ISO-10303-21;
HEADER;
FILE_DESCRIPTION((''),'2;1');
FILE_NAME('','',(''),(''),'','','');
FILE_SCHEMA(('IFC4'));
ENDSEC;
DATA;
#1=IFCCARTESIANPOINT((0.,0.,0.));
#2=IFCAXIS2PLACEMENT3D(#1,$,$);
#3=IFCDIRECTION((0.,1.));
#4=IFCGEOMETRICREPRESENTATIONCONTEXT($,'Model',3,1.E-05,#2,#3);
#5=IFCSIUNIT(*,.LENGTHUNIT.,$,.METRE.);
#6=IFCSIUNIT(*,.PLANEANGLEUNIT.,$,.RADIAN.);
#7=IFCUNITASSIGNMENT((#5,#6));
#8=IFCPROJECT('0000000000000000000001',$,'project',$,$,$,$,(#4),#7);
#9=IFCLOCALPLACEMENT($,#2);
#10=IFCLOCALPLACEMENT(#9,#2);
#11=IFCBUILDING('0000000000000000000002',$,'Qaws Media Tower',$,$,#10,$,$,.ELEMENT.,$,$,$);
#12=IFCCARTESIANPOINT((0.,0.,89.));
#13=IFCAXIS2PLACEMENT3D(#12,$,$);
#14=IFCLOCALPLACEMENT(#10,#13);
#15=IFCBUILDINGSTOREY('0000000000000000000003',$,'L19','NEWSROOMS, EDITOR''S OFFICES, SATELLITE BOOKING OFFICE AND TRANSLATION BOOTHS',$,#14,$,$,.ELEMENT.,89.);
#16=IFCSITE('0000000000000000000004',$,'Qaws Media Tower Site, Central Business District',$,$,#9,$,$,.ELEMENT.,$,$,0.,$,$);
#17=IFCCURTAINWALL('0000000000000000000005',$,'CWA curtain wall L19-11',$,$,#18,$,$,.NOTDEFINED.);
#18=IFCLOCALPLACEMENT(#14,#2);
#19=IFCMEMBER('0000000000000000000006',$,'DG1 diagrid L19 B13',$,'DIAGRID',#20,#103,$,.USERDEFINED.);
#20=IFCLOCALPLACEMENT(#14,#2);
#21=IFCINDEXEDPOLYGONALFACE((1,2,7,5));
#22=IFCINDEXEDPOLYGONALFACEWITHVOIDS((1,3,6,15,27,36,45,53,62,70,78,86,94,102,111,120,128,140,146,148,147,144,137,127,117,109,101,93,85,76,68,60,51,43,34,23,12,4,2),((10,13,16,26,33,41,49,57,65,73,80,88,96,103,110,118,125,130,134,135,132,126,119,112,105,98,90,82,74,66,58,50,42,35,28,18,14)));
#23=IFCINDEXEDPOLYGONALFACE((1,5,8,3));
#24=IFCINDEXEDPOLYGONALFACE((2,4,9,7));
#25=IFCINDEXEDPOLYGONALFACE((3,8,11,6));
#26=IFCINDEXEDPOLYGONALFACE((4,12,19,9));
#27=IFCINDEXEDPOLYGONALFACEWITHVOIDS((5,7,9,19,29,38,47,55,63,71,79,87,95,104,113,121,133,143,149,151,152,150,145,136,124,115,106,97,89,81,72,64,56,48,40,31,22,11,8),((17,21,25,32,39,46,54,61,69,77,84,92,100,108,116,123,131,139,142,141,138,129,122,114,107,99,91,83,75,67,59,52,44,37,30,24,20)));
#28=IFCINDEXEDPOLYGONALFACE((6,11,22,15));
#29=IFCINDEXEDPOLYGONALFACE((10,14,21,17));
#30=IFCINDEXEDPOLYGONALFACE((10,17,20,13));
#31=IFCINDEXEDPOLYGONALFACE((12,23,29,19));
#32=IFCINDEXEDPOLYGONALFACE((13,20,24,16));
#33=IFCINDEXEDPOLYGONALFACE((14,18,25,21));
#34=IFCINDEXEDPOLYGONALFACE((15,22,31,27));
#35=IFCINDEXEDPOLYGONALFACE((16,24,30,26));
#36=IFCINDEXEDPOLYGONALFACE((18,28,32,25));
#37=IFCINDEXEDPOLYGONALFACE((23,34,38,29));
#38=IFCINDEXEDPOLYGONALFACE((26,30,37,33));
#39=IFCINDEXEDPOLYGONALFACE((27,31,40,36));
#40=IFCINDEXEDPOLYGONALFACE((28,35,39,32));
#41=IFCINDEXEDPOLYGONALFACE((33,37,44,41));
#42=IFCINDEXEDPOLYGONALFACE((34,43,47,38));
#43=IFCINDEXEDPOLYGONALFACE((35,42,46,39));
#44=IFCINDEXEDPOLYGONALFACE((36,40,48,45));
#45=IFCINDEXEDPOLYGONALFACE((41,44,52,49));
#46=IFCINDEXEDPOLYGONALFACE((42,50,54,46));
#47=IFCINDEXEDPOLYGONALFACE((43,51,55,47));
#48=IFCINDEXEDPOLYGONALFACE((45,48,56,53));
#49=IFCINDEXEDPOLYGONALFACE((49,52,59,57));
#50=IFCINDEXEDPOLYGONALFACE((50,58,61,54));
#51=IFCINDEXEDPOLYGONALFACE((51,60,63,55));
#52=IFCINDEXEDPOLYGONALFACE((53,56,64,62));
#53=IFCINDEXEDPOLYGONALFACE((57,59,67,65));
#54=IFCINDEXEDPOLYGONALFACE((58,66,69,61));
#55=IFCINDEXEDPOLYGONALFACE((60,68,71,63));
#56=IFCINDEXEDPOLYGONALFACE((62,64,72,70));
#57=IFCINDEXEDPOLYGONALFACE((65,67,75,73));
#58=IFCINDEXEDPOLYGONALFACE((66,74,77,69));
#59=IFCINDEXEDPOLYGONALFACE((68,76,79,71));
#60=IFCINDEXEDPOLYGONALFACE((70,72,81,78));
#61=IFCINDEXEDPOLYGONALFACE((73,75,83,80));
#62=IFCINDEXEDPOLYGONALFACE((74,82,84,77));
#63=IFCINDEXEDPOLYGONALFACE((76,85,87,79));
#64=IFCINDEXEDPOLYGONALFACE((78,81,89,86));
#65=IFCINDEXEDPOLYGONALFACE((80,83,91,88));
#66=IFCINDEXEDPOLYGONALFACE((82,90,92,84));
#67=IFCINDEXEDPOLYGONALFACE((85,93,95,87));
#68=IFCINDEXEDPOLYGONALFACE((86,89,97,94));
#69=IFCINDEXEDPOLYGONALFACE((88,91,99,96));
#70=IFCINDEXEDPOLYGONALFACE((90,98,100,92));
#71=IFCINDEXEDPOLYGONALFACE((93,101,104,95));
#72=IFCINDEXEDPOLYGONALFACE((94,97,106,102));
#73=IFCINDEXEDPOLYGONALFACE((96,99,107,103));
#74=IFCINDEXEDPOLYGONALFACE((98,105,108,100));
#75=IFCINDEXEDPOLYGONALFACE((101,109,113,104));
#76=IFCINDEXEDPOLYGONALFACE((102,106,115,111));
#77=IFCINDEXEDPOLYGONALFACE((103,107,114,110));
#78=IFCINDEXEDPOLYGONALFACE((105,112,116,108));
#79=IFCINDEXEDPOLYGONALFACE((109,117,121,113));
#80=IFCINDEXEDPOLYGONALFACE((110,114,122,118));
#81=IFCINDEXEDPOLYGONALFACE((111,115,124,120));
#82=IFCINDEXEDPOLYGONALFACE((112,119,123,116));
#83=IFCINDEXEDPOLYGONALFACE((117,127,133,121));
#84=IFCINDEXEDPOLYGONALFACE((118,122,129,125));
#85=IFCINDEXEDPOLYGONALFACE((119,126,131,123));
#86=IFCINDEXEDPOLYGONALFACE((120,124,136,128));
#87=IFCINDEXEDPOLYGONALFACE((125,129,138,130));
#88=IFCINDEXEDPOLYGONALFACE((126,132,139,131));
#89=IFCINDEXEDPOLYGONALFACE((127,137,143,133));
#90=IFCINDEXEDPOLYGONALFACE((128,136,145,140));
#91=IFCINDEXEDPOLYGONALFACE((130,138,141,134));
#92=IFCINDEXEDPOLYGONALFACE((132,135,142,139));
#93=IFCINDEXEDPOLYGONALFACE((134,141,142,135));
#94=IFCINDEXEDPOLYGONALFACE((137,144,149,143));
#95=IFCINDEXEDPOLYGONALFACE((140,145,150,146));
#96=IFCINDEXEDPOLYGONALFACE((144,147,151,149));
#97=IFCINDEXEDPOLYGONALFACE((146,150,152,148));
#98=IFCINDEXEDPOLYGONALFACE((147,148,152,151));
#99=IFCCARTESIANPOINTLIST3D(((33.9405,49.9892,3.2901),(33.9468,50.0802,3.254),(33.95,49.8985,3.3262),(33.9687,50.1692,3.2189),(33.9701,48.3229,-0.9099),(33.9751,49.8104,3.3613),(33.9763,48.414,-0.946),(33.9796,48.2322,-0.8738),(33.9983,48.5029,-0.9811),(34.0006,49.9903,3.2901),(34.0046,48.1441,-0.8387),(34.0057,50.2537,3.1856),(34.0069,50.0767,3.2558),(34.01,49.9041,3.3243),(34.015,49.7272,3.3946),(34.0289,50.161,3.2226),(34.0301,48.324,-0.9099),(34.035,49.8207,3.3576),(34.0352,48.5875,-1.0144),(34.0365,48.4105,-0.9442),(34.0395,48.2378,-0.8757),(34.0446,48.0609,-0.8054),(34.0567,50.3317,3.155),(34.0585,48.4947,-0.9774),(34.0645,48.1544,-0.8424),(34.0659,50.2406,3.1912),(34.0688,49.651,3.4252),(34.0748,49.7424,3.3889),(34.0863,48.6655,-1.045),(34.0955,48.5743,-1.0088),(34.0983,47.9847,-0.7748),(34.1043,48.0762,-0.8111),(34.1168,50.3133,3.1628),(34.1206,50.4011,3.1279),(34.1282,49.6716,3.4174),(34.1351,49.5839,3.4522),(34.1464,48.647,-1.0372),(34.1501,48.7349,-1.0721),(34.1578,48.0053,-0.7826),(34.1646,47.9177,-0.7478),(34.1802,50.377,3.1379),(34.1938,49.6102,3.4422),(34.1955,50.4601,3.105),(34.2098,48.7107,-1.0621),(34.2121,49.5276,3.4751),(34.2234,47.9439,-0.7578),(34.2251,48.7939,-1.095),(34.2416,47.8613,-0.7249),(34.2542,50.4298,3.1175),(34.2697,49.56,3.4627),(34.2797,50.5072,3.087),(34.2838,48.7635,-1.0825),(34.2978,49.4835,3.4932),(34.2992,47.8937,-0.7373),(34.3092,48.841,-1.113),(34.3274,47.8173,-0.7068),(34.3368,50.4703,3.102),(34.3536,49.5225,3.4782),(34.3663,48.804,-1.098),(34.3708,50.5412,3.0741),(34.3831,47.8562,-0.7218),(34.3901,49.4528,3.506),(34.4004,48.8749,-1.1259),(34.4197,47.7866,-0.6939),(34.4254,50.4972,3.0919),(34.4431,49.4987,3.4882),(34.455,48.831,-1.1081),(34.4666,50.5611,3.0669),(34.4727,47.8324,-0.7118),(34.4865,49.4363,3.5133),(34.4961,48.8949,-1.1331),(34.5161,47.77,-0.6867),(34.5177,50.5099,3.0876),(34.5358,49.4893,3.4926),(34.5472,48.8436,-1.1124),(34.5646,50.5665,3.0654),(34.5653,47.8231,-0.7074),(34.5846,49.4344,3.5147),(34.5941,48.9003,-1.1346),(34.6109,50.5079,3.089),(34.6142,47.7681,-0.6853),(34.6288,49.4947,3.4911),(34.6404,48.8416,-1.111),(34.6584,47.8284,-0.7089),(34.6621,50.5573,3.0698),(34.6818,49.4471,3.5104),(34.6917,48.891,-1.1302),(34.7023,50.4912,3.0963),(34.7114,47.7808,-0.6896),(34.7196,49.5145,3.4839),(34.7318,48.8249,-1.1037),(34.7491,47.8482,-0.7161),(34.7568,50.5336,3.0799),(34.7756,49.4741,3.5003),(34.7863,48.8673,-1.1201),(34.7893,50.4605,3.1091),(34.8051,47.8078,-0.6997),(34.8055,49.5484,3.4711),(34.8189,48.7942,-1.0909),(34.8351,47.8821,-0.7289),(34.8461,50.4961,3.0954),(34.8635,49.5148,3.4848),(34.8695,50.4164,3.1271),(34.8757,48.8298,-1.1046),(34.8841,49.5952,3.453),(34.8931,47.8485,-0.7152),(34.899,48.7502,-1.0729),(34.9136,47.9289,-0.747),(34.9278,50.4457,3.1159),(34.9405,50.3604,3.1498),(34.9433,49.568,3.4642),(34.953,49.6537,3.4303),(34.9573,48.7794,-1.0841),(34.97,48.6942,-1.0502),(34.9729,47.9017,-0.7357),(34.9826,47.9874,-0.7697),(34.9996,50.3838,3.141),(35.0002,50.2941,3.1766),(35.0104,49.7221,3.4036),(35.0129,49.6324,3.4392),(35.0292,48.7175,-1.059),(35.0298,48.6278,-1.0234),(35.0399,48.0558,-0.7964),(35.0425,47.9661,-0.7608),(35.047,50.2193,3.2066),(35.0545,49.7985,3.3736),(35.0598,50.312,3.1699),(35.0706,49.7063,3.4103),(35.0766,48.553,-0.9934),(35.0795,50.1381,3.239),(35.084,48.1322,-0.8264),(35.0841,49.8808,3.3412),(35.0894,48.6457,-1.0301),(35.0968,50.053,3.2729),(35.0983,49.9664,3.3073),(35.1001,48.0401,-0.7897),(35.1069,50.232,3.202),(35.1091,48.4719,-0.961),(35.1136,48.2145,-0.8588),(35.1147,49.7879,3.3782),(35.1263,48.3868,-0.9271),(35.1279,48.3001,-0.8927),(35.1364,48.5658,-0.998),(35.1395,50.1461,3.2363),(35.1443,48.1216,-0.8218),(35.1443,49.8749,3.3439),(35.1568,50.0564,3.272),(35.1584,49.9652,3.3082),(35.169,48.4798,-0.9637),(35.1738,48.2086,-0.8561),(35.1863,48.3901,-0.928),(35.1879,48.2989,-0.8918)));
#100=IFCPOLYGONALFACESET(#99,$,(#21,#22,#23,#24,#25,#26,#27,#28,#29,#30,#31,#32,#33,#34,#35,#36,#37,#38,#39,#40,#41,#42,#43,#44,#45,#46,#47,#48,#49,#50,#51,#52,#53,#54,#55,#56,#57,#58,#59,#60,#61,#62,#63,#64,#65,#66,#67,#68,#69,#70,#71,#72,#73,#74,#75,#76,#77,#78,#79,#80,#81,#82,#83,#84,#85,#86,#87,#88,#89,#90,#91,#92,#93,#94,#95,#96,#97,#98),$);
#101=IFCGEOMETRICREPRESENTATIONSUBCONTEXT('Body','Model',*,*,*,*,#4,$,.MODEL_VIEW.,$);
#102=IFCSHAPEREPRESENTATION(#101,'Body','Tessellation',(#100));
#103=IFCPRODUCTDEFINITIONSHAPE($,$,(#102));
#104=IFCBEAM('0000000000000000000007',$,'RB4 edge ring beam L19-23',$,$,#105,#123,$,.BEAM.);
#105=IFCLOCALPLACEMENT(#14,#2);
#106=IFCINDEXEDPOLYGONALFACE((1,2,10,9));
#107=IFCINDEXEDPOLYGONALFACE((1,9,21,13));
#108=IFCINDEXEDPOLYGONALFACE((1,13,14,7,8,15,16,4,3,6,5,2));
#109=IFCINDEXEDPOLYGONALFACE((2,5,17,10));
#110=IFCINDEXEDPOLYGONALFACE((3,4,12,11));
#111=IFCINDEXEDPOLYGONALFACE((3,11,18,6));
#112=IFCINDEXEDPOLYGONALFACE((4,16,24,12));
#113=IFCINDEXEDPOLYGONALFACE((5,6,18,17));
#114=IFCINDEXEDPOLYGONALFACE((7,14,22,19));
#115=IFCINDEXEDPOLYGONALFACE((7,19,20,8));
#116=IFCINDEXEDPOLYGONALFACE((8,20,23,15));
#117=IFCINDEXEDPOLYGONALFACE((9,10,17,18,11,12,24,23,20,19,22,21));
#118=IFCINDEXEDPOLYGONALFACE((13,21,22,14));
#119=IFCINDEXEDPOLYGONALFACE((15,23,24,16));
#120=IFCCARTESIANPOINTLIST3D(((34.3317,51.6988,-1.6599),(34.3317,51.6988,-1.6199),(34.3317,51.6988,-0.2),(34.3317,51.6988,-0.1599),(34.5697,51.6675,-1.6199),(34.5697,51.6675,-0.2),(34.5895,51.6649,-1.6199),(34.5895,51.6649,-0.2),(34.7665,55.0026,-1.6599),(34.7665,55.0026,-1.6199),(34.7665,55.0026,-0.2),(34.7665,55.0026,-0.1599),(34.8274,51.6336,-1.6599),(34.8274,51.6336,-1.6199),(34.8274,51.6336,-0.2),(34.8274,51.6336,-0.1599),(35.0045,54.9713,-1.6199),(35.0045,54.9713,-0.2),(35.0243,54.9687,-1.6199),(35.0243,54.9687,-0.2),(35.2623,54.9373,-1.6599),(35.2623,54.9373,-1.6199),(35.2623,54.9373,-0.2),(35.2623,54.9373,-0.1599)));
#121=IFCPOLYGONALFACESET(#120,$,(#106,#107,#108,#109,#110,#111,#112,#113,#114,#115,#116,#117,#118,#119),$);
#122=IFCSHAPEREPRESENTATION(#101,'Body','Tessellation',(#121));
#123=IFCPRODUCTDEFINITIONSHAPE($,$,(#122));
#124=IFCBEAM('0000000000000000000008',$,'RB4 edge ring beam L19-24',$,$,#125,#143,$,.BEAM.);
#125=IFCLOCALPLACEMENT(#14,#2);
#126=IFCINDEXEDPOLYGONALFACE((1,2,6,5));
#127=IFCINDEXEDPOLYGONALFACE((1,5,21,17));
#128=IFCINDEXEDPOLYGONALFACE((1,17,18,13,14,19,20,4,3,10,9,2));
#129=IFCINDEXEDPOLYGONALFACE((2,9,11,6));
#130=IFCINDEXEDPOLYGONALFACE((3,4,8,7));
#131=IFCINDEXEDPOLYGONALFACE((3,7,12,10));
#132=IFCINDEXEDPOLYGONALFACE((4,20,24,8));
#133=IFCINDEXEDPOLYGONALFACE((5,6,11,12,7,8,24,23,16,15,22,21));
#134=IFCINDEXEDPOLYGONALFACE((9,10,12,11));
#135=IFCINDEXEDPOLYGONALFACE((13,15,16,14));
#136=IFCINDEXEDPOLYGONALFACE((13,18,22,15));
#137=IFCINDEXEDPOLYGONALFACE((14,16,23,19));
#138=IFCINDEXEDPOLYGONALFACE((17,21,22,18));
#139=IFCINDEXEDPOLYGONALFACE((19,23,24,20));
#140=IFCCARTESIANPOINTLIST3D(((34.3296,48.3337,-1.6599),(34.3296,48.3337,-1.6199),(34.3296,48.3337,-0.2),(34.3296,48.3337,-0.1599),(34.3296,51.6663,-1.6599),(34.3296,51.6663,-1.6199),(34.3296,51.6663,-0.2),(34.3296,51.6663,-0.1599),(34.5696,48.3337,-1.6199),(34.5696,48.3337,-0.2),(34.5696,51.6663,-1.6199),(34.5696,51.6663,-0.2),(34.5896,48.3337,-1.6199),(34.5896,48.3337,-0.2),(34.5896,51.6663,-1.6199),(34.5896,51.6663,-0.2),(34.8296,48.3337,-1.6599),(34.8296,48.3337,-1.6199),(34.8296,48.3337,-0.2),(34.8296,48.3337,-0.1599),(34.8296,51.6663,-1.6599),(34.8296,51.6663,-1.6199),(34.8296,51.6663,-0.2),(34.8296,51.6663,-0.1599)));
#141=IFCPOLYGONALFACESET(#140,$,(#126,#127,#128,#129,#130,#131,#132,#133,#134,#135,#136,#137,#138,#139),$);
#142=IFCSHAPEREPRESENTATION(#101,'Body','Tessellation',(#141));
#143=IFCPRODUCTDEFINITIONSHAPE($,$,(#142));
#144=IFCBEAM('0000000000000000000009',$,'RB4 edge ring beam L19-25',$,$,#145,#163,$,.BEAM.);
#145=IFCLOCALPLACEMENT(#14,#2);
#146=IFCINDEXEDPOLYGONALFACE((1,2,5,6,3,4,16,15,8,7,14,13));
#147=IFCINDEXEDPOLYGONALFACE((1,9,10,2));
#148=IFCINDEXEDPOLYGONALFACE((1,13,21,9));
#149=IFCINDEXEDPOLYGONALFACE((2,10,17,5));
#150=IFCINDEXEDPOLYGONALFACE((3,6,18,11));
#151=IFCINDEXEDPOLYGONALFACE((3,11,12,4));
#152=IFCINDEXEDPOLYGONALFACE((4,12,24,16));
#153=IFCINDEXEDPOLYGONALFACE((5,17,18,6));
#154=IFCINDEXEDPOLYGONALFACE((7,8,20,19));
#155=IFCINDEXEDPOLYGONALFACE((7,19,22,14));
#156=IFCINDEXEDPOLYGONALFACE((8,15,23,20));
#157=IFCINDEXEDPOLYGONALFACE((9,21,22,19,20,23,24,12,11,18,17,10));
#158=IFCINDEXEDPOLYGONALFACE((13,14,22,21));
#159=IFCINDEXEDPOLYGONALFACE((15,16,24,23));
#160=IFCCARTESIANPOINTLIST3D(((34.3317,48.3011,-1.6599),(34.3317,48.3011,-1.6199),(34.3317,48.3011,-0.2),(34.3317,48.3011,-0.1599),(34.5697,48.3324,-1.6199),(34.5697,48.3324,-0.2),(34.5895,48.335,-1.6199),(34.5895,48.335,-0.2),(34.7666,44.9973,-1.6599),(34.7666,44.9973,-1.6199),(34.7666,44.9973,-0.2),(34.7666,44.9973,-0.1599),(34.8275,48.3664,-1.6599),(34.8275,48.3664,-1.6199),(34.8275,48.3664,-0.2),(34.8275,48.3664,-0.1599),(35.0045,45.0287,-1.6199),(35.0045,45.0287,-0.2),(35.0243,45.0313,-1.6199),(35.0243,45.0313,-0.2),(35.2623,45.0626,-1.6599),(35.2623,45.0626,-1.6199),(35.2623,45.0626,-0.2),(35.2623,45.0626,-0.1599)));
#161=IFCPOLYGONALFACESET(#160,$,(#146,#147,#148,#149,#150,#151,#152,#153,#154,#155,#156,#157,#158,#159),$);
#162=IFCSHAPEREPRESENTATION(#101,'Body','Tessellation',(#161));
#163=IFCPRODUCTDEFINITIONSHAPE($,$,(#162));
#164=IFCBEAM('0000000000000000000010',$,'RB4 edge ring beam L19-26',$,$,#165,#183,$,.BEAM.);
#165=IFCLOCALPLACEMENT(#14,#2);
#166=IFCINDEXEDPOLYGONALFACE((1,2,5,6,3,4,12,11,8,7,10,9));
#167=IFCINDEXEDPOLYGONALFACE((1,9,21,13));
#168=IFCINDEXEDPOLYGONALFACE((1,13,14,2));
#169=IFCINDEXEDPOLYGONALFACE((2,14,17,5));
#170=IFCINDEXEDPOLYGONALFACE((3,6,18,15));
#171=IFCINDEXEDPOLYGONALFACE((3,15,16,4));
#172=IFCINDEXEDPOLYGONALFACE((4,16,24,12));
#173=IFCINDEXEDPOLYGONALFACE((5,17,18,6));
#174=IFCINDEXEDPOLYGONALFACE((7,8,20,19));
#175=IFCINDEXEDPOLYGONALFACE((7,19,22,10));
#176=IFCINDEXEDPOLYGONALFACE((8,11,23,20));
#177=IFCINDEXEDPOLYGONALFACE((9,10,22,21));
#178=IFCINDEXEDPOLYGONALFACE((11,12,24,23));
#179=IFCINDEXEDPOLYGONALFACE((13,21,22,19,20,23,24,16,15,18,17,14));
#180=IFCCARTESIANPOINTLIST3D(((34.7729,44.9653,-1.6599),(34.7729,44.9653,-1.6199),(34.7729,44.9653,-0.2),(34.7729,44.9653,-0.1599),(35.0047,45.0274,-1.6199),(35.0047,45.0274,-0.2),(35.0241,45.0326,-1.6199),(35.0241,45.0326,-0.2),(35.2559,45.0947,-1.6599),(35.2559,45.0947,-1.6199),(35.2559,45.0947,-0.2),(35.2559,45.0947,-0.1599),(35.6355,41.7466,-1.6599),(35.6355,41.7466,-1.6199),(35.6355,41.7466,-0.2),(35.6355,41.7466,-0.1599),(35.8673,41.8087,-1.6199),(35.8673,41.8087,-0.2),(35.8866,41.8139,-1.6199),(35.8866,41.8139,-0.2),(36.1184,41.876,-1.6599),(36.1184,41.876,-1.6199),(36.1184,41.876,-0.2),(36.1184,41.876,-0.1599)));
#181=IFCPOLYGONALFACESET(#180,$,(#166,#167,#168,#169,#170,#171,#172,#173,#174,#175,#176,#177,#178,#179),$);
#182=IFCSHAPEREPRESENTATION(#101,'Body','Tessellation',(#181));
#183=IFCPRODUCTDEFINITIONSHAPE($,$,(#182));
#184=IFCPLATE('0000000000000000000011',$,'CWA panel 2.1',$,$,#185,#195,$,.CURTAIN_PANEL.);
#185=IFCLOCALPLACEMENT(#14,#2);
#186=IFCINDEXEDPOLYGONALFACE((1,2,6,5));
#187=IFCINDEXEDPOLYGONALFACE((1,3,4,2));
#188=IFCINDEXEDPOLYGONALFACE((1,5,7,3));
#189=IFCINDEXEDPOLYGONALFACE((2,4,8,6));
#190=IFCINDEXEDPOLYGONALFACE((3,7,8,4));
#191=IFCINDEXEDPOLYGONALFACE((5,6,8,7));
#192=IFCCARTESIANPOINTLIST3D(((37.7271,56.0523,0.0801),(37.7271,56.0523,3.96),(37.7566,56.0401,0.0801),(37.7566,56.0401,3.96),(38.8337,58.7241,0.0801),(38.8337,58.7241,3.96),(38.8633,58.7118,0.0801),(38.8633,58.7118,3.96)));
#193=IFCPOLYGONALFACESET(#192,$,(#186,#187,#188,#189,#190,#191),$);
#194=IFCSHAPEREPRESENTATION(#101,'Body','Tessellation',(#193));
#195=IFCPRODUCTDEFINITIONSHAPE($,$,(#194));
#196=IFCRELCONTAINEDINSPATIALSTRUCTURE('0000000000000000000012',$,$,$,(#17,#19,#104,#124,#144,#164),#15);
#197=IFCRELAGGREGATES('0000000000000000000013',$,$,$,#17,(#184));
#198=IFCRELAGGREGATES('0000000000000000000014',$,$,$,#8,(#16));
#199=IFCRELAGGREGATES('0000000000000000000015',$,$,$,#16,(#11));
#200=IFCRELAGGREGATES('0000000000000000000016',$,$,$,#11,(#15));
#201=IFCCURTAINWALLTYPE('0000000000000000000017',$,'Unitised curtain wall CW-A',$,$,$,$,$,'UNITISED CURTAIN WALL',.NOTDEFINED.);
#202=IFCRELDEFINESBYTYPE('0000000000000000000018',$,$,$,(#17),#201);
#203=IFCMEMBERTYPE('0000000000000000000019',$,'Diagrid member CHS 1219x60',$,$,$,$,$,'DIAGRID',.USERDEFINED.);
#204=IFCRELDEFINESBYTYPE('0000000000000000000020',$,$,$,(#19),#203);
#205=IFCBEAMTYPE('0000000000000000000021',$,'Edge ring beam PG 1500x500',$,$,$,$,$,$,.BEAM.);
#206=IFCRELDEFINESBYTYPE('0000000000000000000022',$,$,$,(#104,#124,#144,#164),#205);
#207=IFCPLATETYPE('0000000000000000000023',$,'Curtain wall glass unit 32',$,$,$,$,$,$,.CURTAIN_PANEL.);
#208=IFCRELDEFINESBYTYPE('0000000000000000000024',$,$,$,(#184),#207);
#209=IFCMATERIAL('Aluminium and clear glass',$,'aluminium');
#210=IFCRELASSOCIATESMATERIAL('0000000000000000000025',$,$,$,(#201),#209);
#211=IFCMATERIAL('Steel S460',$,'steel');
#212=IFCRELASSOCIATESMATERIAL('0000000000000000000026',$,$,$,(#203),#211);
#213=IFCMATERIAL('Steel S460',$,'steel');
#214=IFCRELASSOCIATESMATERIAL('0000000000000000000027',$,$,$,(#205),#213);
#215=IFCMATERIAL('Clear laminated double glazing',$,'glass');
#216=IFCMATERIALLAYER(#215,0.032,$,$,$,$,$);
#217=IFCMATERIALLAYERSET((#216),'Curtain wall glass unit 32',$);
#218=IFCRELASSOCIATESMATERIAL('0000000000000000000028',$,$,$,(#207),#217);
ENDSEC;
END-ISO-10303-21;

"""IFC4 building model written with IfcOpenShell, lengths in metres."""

from ifc_helpers import new_model, si_unit, direction, frame, origin, origin_2d, place, context, subcontext, project, spatial, rectangle, hollow_circle, i_section, extrude, material, layer, layer_set, material_profile, profile_set, type_object, element, aggregate, save


model = new_model("IFC4")

# Units and contexts
model_context = context("Model", 3, precision=1e-05, world=origin(), true_north=direction((0.0, 1.0)))
body_context = subcontext(model_context, "Body", "Model", "MODEL_VIEW")
ifc_project = project(units=[si_unit("LENGTHUNIT", "METRE"), si_unit("PLANEANGLEUNIT", "RADIAN")], contexts=[model_context])

# Site, building, storey
site_placement = place(None, origin())
site = spatial("IfcSite", under=ifc_project, at=site_placement, Name="Qaws Media Tower Site, Central Business District", CompositionType="ELEMENT", RefElevation=0.0)
building_placement = place(site_placement, origin())
building = spatial("IfcBuilding", under=site, at=building_placement, Name="Qaws Media Tower", CompositionType="ELEMENT")
storey_placement = place(building_placement, frame((0.0, 0.0, 89.0)))
storey = spatial("IfcBuildingStorey", under=building, at=storey_placement, Name="L19", Description="NEWSROOMS, EDITOR'S OFFICES, SATELLITE BOOKING OFFICE AND TRANSLATION BOOTHS", CompositionType="ELEMENT", Elevation=89.0)

# Curtain wall
ifc_material_1 = material(Name="Aluminium and clear glass", Category="aluminium")
curtain_wall_type = type_object("IfcCurtainWallType", Name="Unitised curtain wall CW-A", ElementType="UNITISED CURTAIN WALL", PredefinedType="NOTDEFINED", material=ifc_material_1)
curtain_wall_1_placement = place(storey_placement, origin())
curtain_wall_1 = element("IfcCurtainWall", 1, at=curtain_wall_1_placement, inside=storey, type_object=curtain_wall_type, Name="CWA curtain wall L19-11", PredefinedType="NOTDEFINED")

# Member
ifc_material_2 = material(Name="Steel S460", Category="steel")
ifc_material_profile_1 = material_profile(ifc_material_2, hollow_circle(Radius=0.6096, WallThickness=0.0601, at=origin_2d()), Name="CHS 1219x60")
ifc_profile_set_1 = profile_set([ifc_material_profile_1], Name="Steel S460")
member_type_1 = type_object("IfcMemberType", Name="Diagrid member CHS 1219x60", ElementType="DIAGRID", PredefinedType="USERDEFINED", material=ifc_profile_set_1)
for number, where, z_axis, x_axis, name in (
    (2, (34.5796, 48.3337, -0.9099), (-0.006538, 0.368764, 0.9295), (-0.999843, -0.017726, 0.0), "DG1 diagrid L19 B13"),
):
    element("IfcMember", number, at=place(storey_placement, frame(where, z_axis=z_axis, x_axis=x_axis)), inside=storey, type_object=member_type_1, Name=name, ObjectType="DIAGRID", PredefinedType="USERDEFINED", context=body_context, shape_type="SweptSolid", body=[
        extrude(hollow_circle(Radius=0.6096, WallThickness=0.0601, at=origin_2d()), origin(), (0.0, 0.0, 1.0), 4.5186),
    ])

# Beams
ifc_material_3 = material(Name="Steel S460", Category="steel")
ifc_material_profile_2 = material_profile(ifc_material_3, i_section(OverallWidth=0.5, OverallDepth=1.5, WebThickness=0.02, FlangeThickness=0.04, at=origin_2d()), Name="PG 1500x500")
ifc_profile_set_2 = profile_set([ifc_material_profile_2], Name="Steel S460")
beam_type = type_object("IfcBeamType", Name="Edge ring beam PG 1500x500", PredefinedType="BEAM", material=ifc_profile_set_2)
beam_1_placement = place(storey_placement, frame((35.0144, 54.97, -0.9099), z_axis=(-0.130489, -0.99145, 0.0), x_axis=(0.99145, -0.130489, 0.0)))
element("IfcBeam", 3, at=beam_1_placement, inside=storey, type_object=beam_type, Name="RB4 edge ring beam L19-23", PredefinedType="BEAM", context=body_context, shape_type="SweptSolid", body=[
    extrude(i_section(OverallWidth=0.5, OverallDepth=1.5, WebThickness=0.02, FlangeThickness=0.04, at=origin_2d()), origin(), (0.0, 0.0, 1.0), 3.3323),
])
beam_2_placement = place(storey_placement, frame((34.5796, 51.6663, -0.9099), z_axis=(0.0, -1.0, 0.0), x_axis=(1.0, 0.0, 0.0)))
element("IfcBeam", 4, at=beam_2_placement, inside=storey, type_object=beam_type, Name="RB4 edge ring beam L19-24", PredefinedType="BEAM", context=body_context, shape_type="SweptSolid", body=[
    extrude(i_section(OverallWidth=0.5, OverallDepth=1.5, WebThickness=0.02, FlangeThickness=0.04, at=origin_2d()), origin(), (0.0, 0.0, 1.0), 3.3325),
])
for number, where, z_axis, x_axis, name in (
    (5, (34.5796, 48.3337, -0.9099), (0.130489, -0.99145, 0.0), (0.99145, 0.130489, 0.0), "RB4 edge ring beam L19-25"),
    (6, (35.0144, 45.03, -0.9099), (0.258844, -0.965919, 0.0), (0.965919, 0.258844, 0.0), "RB4 edge ring beam L19-26"),
):
    element("IfcBeam", number, at=place(storey_placement, frame(where, z_axis=z_axis, x_axis=x_axis)), inside=storey, type_object=beam_type, Name=name, PredefinedType="BEAM", context=body_context, shape_type="SweptSolid", body=[
        extrude(i_section(OverallWidth=0.5, OverallDepth=1.5, WebThickness=0.02, FlangeThickness=0.04, at=origin_2d()), origin(), (0.0, 0.0, 1.0), 3.3323),
    ])

# Plate
ifc_material_4 = material(Name="Clear laminated double glazing", Category="glass")
ifc_layer_1 = layer(ifc_material_4, 0.032)
ifc_layer_set_1 = layer_set([ifc_layer_1], Name="Curtain wall glass unit 32")
plate_type_1 = type_object("IfcPlateType", Name="Curtain wall glass unit 32", PredefinedType="CURTAIN_PANEL", material=ifc_layer_set_1)
plate_1_placement = place(storey_placement, frame((38.2952, 57.3821, 0.0801), z_axis=(0.0, 0.0, 1.0), x_axis=(-0.382683, -0.92388, 0.0)))
plate_1 = element("IfcPlate", 7, at=plate_1_placement, type_object=plate_type_1, Name="CWA panel 2.1", PredefinedType="CURTAIN_PANEL", context=body_context, shape_type="SweptSolid", body=[
    extrude(rectangle(XDim=2.8918, YDim=0.032, at=origin_2d()), origin(), (0.0, 0.0, 1.0), 3.8799),
])
aggregate(curtain_wall_1, [plate_1])

save(model, "model.ifc")
